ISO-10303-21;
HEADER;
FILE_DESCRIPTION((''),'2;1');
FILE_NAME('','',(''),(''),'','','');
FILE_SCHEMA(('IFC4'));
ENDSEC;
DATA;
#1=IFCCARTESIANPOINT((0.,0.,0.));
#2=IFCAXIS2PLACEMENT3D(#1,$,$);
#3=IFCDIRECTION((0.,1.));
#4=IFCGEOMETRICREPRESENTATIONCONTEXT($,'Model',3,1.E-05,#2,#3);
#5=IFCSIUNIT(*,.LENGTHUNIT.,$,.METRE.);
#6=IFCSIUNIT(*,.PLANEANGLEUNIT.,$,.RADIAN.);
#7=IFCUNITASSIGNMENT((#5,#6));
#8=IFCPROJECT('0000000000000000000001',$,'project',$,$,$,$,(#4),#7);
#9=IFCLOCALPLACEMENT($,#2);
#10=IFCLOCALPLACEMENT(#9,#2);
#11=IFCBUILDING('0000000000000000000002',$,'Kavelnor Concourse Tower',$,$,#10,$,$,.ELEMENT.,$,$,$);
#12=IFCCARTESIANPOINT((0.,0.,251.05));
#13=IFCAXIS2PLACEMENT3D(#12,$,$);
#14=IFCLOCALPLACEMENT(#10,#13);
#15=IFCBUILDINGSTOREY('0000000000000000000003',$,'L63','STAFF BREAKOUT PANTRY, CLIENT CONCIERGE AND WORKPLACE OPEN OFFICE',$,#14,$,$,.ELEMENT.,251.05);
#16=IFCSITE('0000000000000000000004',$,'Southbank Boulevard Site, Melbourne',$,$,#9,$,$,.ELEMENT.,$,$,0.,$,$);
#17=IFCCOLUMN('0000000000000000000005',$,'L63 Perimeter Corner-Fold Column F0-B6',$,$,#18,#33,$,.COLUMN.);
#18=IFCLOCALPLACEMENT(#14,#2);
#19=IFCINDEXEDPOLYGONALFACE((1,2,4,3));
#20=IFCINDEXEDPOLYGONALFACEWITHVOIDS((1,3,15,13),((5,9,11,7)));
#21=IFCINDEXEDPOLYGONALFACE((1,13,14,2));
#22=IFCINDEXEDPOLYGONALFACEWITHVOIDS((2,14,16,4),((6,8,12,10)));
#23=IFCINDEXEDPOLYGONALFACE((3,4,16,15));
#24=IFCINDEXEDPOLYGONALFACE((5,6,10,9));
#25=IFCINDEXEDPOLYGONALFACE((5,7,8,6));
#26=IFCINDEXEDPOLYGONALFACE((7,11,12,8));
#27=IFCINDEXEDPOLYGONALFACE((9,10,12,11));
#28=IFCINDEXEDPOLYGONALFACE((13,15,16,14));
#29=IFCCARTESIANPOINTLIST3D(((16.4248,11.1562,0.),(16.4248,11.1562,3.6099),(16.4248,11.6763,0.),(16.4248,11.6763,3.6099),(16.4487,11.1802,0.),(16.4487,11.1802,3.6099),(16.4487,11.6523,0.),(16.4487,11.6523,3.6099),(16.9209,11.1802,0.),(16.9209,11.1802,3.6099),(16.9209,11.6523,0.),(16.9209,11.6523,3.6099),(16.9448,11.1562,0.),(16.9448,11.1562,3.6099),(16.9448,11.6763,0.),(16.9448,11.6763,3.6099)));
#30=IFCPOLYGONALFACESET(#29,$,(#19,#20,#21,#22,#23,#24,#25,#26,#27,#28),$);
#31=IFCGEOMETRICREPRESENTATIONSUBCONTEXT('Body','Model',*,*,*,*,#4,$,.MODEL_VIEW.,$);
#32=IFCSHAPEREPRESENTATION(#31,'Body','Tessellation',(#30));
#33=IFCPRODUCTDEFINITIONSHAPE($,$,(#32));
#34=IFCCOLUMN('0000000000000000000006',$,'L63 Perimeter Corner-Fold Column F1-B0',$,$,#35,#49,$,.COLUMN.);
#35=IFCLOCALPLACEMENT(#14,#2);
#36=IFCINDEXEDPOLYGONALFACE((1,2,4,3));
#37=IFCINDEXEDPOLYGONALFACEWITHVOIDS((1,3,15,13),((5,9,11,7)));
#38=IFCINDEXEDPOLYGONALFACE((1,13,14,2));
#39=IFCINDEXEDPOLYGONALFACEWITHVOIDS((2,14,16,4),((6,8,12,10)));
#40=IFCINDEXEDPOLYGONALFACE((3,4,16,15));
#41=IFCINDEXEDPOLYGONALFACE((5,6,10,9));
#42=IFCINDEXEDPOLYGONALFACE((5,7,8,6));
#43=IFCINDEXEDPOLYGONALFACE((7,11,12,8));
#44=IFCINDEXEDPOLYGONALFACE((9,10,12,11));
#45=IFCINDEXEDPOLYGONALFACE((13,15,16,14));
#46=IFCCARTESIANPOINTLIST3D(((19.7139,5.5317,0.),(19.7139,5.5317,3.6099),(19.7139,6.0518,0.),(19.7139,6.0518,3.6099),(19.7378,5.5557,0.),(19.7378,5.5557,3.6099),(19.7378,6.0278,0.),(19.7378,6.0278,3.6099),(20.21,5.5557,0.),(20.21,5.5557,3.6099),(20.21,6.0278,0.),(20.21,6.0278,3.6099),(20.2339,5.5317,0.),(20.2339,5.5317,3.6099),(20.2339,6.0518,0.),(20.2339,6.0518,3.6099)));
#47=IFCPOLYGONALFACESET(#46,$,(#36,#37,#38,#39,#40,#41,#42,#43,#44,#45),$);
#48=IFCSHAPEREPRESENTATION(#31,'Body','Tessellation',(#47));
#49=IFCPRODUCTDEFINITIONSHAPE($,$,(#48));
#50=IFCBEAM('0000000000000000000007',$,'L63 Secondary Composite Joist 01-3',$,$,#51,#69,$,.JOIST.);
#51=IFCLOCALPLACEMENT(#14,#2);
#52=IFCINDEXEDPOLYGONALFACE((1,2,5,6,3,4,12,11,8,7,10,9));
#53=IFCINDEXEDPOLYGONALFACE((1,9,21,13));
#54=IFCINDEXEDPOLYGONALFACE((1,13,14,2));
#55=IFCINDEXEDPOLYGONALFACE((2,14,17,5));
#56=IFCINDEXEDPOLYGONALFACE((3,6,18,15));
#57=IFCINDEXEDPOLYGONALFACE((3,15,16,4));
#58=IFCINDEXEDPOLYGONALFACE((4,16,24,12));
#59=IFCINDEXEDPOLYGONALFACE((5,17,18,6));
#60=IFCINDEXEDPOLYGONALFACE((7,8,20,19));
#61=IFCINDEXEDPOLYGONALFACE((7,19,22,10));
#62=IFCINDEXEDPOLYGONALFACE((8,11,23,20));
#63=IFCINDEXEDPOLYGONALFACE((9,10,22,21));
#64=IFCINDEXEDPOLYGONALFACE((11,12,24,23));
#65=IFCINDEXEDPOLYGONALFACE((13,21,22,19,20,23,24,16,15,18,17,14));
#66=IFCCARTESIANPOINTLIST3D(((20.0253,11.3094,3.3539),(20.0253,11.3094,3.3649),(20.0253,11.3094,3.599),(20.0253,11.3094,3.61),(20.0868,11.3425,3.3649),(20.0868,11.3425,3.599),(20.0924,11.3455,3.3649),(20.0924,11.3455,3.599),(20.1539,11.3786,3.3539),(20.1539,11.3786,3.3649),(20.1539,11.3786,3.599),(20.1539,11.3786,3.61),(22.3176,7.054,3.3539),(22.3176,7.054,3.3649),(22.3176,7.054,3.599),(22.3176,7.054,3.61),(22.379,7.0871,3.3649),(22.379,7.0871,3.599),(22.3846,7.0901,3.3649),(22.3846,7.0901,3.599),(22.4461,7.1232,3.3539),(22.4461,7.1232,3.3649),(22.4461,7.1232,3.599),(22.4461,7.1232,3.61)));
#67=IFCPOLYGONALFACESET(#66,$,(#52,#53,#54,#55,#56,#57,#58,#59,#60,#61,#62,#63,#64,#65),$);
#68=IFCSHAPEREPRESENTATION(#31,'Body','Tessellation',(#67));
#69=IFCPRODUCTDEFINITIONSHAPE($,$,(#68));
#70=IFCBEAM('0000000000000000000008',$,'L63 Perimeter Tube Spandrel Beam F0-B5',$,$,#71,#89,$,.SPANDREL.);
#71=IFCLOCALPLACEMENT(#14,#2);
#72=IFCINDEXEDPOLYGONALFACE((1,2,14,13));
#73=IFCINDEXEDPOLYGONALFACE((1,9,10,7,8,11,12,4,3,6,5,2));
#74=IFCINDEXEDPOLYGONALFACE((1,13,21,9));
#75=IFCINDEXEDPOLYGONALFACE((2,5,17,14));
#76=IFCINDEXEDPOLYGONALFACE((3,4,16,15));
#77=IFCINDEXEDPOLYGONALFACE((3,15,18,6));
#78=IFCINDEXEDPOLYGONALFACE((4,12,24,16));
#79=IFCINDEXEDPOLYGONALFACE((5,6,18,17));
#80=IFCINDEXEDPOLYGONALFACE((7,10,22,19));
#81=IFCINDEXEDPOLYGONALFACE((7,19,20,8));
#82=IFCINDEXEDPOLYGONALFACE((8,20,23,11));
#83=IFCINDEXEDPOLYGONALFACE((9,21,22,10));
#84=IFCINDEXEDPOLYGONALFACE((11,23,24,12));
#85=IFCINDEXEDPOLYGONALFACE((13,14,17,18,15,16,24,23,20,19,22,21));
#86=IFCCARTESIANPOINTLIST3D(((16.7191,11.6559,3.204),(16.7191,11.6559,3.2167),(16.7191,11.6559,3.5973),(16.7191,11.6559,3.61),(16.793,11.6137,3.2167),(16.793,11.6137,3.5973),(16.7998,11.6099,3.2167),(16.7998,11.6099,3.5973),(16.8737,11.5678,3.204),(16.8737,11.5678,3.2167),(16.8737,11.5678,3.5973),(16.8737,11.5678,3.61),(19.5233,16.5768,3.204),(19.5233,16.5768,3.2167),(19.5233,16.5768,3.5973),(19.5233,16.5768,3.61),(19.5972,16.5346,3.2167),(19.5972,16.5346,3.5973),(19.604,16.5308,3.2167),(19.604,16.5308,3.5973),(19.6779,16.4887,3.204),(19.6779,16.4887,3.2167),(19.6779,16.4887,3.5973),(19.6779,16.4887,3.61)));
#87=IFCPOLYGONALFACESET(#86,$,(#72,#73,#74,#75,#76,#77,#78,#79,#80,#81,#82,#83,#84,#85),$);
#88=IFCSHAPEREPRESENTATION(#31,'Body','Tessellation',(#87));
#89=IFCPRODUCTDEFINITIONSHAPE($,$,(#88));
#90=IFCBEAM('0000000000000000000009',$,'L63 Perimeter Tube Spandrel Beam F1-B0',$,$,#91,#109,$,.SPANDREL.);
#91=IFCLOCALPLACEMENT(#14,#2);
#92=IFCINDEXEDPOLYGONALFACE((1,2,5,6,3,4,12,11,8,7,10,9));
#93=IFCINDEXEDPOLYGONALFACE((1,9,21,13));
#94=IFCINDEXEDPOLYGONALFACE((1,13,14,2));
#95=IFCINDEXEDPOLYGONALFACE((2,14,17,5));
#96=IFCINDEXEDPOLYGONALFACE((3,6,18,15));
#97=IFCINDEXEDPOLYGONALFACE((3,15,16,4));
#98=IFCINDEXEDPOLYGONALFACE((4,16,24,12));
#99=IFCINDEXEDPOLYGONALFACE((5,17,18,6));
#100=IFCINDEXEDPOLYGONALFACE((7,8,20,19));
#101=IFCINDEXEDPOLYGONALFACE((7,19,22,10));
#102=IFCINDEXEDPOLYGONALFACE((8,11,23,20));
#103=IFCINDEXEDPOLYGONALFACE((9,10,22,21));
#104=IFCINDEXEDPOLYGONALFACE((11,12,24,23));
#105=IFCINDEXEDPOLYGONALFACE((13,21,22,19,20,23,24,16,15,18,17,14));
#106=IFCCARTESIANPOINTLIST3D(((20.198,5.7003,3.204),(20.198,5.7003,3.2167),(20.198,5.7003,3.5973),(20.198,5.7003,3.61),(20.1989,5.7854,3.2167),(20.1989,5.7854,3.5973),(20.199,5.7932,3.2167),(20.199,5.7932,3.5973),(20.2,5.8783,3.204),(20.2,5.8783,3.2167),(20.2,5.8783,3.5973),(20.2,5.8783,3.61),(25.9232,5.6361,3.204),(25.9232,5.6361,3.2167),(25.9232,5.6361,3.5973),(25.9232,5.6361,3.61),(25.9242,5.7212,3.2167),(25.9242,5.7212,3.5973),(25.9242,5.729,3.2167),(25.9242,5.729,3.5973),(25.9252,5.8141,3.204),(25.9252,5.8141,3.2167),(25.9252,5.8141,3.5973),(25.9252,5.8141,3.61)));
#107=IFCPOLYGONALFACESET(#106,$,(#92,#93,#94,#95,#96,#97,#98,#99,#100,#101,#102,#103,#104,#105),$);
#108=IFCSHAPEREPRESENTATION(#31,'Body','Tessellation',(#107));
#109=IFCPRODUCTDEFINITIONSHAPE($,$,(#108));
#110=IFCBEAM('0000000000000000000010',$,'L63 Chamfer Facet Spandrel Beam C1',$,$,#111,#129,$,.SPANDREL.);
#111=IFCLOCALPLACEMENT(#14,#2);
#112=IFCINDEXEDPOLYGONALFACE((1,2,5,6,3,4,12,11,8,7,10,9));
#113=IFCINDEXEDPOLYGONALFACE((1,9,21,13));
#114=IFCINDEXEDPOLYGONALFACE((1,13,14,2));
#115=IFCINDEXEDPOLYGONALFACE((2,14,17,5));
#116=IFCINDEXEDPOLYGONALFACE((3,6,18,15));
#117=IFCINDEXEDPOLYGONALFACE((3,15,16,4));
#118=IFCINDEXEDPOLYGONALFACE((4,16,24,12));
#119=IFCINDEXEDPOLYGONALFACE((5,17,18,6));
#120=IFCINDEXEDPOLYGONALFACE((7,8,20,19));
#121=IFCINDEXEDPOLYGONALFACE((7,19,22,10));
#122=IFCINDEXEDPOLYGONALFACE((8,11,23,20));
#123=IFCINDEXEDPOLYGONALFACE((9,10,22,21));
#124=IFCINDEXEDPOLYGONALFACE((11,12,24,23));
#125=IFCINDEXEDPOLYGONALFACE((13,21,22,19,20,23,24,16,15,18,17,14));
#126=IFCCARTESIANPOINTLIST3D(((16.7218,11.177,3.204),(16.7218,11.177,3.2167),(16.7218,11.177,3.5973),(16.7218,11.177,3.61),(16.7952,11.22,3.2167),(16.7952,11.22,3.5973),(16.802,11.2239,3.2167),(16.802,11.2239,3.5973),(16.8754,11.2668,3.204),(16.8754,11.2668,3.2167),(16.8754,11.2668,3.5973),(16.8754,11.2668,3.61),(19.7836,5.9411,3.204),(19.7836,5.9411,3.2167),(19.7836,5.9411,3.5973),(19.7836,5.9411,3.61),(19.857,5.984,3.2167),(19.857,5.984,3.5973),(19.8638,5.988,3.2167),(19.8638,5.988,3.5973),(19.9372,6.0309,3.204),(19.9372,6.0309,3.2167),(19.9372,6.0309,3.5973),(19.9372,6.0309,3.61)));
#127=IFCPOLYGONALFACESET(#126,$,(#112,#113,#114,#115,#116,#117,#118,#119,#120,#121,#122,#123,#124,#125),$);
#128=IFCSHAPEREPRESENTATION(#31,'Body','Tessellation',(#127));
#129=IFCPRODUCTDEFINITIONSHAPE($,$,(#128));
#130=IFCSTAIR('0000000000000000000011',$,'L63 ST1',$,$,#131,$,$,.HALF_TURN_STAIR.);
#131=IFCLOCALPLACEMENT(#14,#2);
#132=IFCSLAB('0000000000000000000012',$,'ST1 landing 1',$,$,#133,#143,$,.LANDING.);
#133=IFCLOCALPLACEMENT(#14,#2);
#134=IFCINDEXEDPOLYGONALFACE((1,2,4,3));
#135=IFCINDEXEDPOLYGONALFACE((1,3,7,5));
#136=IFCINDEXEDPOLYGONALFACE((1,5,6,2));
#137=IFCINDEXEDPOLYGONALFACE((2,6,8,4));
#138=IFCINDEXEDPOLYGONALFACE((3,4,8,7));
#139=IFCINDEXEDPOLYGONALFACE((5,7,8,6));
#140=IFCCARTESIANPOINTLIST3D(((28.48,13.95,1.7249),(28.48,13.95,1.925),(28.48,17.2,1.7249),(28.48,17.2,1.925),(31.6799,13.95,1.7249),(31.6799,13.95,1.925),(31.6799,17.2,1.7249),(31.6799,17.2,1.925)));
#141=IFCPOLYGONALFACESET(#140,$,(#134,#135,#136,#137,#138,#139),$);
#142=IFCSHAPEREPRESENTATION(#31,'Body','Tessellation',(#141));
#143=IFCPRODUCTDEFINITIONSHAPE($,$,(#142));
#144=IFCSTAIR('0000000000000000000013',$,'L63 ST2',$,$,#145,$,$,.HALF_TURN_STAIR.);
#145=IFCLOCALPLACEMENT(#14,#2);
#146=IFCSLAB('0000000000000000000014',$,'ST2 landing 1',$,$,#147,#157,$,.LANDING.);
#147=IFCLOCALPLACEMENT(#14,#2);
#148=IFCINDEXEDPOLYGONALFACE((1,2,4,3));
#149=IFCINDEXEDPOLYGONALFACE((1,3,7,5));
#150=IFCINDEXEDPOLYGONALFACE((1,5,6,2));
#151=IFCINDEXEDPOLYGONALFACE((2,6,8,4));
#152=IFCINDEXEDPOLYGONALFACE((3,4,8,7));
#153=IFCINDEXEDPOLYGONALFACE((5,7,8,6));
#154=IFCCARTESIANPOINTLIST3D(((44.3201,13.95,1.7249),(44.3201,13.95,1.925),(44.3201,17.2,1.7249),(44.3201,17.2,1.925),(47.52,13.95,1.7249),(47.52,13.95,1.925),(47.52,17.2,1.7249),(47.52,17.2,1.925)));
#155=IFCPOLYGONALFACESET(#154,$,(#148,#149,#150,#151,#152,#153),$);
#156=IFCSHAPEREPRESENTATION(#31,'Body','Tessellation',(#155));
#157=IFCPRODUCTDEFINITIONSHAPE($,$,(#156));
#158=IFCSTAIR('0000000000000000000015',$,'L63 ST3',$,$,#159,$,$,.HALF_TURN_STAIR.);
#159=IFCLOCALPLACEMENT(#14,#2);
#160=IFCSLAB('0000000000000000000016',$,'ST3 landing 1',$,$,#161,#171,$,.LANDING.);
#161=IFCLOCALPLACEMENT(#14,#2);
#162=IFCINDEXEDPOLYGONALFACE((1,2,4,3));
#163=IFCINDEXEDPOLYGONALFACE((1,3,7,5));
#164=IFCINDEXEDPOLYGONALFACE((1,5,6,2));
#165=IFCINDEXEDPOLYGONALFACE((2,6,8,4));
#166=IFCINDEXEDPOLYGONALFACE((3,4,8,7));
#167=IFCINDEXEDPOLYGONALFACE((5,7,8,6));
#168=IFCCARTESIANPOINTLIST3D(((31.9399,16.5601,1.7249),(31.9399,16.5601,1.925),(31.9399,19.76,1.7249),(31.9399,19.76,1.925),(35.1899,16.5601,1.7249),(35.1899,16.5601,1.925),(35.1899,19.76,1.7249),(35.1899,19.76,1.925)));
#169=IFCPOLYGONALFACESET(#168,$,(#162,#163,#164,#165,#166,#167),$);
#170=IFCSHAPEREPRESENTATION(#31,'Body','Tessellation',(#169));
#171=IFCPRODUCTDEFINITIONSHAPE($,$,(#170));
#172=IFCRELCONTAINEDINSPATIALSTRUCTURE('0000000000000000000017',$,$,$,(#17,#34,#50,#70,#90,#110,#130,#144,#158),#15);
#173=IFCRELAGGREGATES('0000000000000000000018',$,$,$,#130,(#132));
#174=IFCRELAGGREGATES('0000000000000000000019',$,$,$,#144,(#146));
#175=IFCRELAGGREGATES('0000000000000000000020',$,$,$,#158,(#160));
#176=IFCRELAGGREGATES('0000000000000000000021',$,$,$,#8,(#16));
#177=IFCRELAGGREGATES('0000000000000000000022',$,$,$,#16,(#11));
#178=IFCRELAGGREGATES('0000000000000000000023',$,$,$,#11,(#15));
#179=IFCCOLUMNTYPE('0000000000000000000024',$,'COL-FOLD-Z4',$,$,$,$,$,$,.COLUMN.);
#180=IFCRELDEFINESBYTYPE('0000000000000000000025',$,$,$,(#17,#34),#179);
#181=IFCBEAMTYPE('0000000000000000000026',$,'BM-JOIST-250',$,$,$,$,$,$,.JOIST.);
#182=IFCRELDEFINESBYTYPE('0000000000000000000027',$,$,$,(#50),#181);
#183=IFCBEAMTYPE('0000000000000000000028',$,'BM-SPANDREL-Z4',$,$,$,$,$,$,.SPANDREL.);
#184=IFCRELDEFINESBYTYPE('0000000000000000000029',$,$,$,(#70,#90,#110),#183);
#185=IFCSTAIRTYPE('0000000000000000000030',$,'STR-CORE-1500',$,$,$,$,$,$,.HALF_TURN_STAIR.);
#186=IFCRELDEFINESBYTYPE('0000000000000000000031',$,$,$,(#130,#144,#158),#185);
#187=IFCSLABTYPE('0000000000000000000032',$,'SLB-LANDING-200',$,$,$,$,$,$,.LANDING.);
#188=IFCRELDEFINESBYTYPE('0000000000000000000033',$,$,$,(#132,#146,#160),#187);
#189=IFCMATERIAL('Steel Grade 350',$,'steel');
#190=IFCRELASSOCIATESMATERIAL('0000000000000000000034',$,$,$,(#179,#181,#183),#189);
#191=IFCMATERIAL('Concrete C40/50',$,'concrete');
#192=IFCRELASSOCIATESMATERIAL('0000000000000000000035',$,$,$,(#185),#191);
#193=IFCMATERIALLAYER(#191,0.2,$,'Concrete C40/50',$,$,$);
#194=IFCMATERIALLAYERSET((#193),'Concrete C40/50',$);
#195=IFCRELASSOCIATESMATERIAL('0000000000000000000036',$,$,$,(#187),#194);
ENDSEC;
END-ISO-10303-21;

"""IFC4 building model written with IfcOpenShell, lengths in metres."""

from ifc_helpers import new_model, si_unit, direction, frame, origin, origin_2d, place, context, subcontext, project, spatial, polyline, hollow_rectangle, i_section, outline, extrude, material, layer, layer_set, material_profile, profile_set, type_object, element, aggregate, save


model = new_model("IFC4")

# Units and contexts
model_context = context("Model", 3, precision=1e-05, world=origin(), true_north=direction((0.0, 1.0)))
body_context = subcontext(model_context, "Body", "Model", "MODEL_VIEW")
ifc_project = project(units=[si_unit("LENGTHUNIT", "METRE"), si_unit("PLANEANGLEUNIT", "RADIAN")], contexts=[model_context])

# Site, building, storey
site_placement = place(None, origin())
site = spatial("IfcSite", under=ifc_project, at=site_placement, Name="Southbank Boulevard Site, Melbourne", CompositionType="ELEMENT", RefElevation=0.0)
building_placement = place(site_placement, origin())
building = spatial("IfcBuilding", under=site, at=building_placement, Name="Kavelnor Concourse Tower", CompositionType="ELEMENT")
storey_placement = place(building_placement, frame((0.0, 0.0, 251.05)))
storey = spatial("IfcBuildingStorey", under=building, at=storey_placement, Name="L63", Description="STAFF BREAKOUT PANTRY, CLIENT CONCIERGE AND WORKPLACE OPEN OFFICE", CompositionType="ELEMENT", Elevation=251.05)

# Columns
ifc_material_1 = material(Name="Steel Grade 350", Category="steel")
ifc_material_profile_1 = material_profile(ifc_material_1, hollow_rectangle(XDim=0.52, YDim=0.52, WallThickness=0.0239, at=origin_2d()), Name="SHS 520x520x24")
ifc_profile_set_1 = profile_set([ifc_material_profile_1], Name="Steel Grade 350")
column_type = type_object("IfcColumnType", Name="COL-FOLD-Z4", PredefinedType="COLUMN", material=ifc_profile_set_1)
for number, where, z_axis, x_axis, name in (
    (1, (16.6848, 11.4163, 0.0), (0.0, 0.0, 1.0), (1.0, 0.0, 0.0), "L63 Perimeter Corner-Fold Column F0-B6"),
    (2, (19.9739, 5.7917, 0.0), (0.0, 0.0, 1.0), (1.0, 0.0, 0.0), "L63 Perimeter Corner-Fold Column F1-B0"),
):
    element("IfcColumn", number, at=place(storey_placement, frame(where, z_axis=z_axis, x_axis=x_axis)), inside=storey, type_object=column_type, Name=name, PredefinedType="COLUMN", context=body_context, shape_type="SweptSolid", body=[
        extrude(hollow_rectangle(XDim=0.52, YDim=0.52, WallThickness=0.0239, at=origin_2d()), origin(), (0.0, 0.0, 1.0), 3.6099),
    ])

# Beams
ifc_material_profile_2 = material_profile(ifc_material_1, i_section(OverallWidth=0.146, OverallDepth=0.2561, WebThickness=0.0063, FlangeThickness=0.011, at=origin_2d()), Name="250UB37")
ifc_profile_set_2 = profile_set([ifc_material_profile_2], Name="Steel Grade 350")
beam_type_1 = type_object("IfcBeamType", Name="BM-JOIST-250", PredefinedType="JOIST", material=ifc_profile_set_2)
beam_1_placement = place(storey_placement, frame((20.0896, 11.344, 3.4819), z_axis=(0.474241, -0.880395, 0.0), x_axis=(0.880395, 0.474241, 0.0)))
element("IfcBeam", 3, at=beam_1_placement, inside=storey, type_object=beam_type_1, Name="L63 Secondary Composite Joist 01-3", PredefinedType="JOIST", context=body_context, shape_type="SweptSolid", body=[
    extrude(i_section(OverallWidth=0.146, OverallDepth=0.2561, WebThickness=0.0063, FlangeThickness=0.011, at=origin_2d()), origin(), (0.0, 0.0, 1.0), 4.8335),
])
ifc_material_profile_3 = material_profile(ifc_material_1, i_section(OverallWidth=0.178, OverallDepth=0.406, WebThickness=0.0078, FlangeThickness=0.0127, at=origin_2d()), Name="410UB59")
ifc_profile_set_3 = profile_set([ifc_material_profile_3], Name="Steel Grade 350")
beam_type_2 = type_object("IfcBeamType", Name="BM-SPANDREL-Z4", PredefinedType="SPANDREL", material=ifc_profile_set_3)
beam_2_placement = place(storey_placement, frame((19.6006, 16.5327, 3.407), z_axis=(-0.495108, -0.868831, 0.0), x_axis=(0.868831, -0.495108, 0.0)))
element("IfcBeam", 4, at=beam_2_placement, inside=storey, type_object=beam_type_2, Name="L63 Perimeter Tube Spandrel Beam F0-B5", PredefinedType="SPANDREL", context=body_context, shape_type="SweptSolid", body=[
    extrude(i_section(OverallWidth=0.178, OverallDepth=0.406, WebThickness=0.0078, FlangeThickness=0.0127, at=origin_2d()), origin(), (0.0, 0.0, 1.0), 5.6638),
])
beam_3_placement = place(storey_placement, frame((20.199, 5.7893, 3.407), z_axis=(0.999937, -0.011214, 0.0), x_axis=(0.011214, 0.999937, 0.0)))
element("IfcBeam", 5, at=beam_3_placement, inside=storey, type_object=beam_type_2, Name="L63 Perimeter Tube Spandrel Beam F1-B0", PredefinedType="SPANDREL", context=body_context, shape_type="SweptSolid", body=[
    extrude(i_section(OverallWidth=0.178, OverallDepth=0.406, WebThickness=0.0078, FlangeThickness=0.0127, at=origin_2d()), origin(), (0.0, 0.0, 1.0), 5.7256),
])
beam_4_placement = place(storey_placement, frame((16.7986, 11.2219, 3.407), z_axis=(0.504797, -0.863238, 0.0), x_axis=(0.863238, 0.504797, 0.0)))
element("IfcBeam", 6, at=beam_4_placement, inside=storey, type_object=beam_type_2, Name="L63 Chamfer Facet Spandrel Beam C1", PredefinedType="SPANDREL", context=body_context, shape_type="SweptSolid", body=[
    extrude(i_section(OverallWidth=0.178, OverallDepth=0.406, WebThickness=0.0078, FlangeThickness=0.0127, at=origin_2d()), origin(), (0.0, 0.0, 1.0), 6.0654),
])

# Stairs, slabs
ifc_material_2 = material(Name="Concrete C40/50", Category="concrete")
stair_type = type_object("IfcStairType", Name="STR-CORE-1500", PredefinedType="HALF_TURN_STAIR", material=ifc_material_2)
stair_1_placement = place(storey_placement, origin())
stair_1 = element("IfcStair", 7, at=stair_1_placement, inside=storey, type_object=stair_type, Name="L63 ST1", PredefinedType="HALF_TURN_STAIR")
ifc_layer_1 = layer(ifc_material_2, 0.2, Name="Concrete C40/50")
ifc_layer_set_1 = layer_set([ifc_layer_1], Name="Concrete C40/50")
slab_type_1 = type_object("IfcSlabType", Name="SLB-LANDING-200", PredefinedType="LANDING", material=ifc_layer_set_1)
slab_1_placement = place(storey_placement, frame((0.0, 0.0, 1.7249)))
slab_1 = element("IfcSlab", 8, at=slab_1_placement, type_object=slab_type_1, Name="ST1 landing 1", PredefinedType="LANDING", context=body_context, shape_type="SweptSolid", body=[
    extrude(outline(polyline([(31.6799, 13.95), (31.6799, 17.2), (28.48, 17.2), (28.48, 13.95), (31.6799, 13.95)])), origin(), (0.0, 0.0, 1.0), 0.2002),
])
aggregate(stair_1, [slab_1])
stair_2_placement = place(storey_placement, origin())
stair_2 = element("IfcStair", 9, at=stair_2_placement, inside=storey, type_object=stair_type, Name="L63 ST2", PredefinedType="HALF_TURN_STAIR")
slab_2_placement = place(storey_placement, frame((0.0, 0.0, 1.7249)))
slab_2 = element("IfcSlab", 10, at=slab_2_placement, type_object=slab_type_1, Name="ST2 landing 1", PredefinedType="LANDING", context=body_context, shape_type="SweptSolid", body=[
    extrude(outline(polyline([(47.52, 13.95), (47.52, 17.2), (44.3201, 17.2), (44.3201, 13.95), (47.52, 13.95)])), origin(), (0.0, 0.0, 1.0), 0.2002),
])
aggregate(stair_2, [slab_2])
stair_3_placement = place(storey_placement, origin())
stair_3 = element("IfcStair", 11, at=stair_3_placement, inside=storey, type_object=stair_type, Name="L63 ST3", PredefinedType="HALF_TURN_STAIR")
slab_3_placement = place(storey_placement, frame((0.0, 0.0, 1.7249)))
slab_3 = element("IfcSlab", 12, at=slab_3_placement, type_object=slab_type_1, Name="ST3 landing 1", PredefinedType="LANDING", context=body_context, shape_type="SweptSolid", body=[
    extrude(outline(polyline([(35.1899, 19.76), (31.9399, 19.76), (31.9399, 16.5601), (35.1899, 16.5601), (35.1899, 19.76)])), origin(), (0.0, 0.0, 1.0), 0.2002),
])
aggregate(stair_3, [slab_3])

save(model, "model.ifc")
